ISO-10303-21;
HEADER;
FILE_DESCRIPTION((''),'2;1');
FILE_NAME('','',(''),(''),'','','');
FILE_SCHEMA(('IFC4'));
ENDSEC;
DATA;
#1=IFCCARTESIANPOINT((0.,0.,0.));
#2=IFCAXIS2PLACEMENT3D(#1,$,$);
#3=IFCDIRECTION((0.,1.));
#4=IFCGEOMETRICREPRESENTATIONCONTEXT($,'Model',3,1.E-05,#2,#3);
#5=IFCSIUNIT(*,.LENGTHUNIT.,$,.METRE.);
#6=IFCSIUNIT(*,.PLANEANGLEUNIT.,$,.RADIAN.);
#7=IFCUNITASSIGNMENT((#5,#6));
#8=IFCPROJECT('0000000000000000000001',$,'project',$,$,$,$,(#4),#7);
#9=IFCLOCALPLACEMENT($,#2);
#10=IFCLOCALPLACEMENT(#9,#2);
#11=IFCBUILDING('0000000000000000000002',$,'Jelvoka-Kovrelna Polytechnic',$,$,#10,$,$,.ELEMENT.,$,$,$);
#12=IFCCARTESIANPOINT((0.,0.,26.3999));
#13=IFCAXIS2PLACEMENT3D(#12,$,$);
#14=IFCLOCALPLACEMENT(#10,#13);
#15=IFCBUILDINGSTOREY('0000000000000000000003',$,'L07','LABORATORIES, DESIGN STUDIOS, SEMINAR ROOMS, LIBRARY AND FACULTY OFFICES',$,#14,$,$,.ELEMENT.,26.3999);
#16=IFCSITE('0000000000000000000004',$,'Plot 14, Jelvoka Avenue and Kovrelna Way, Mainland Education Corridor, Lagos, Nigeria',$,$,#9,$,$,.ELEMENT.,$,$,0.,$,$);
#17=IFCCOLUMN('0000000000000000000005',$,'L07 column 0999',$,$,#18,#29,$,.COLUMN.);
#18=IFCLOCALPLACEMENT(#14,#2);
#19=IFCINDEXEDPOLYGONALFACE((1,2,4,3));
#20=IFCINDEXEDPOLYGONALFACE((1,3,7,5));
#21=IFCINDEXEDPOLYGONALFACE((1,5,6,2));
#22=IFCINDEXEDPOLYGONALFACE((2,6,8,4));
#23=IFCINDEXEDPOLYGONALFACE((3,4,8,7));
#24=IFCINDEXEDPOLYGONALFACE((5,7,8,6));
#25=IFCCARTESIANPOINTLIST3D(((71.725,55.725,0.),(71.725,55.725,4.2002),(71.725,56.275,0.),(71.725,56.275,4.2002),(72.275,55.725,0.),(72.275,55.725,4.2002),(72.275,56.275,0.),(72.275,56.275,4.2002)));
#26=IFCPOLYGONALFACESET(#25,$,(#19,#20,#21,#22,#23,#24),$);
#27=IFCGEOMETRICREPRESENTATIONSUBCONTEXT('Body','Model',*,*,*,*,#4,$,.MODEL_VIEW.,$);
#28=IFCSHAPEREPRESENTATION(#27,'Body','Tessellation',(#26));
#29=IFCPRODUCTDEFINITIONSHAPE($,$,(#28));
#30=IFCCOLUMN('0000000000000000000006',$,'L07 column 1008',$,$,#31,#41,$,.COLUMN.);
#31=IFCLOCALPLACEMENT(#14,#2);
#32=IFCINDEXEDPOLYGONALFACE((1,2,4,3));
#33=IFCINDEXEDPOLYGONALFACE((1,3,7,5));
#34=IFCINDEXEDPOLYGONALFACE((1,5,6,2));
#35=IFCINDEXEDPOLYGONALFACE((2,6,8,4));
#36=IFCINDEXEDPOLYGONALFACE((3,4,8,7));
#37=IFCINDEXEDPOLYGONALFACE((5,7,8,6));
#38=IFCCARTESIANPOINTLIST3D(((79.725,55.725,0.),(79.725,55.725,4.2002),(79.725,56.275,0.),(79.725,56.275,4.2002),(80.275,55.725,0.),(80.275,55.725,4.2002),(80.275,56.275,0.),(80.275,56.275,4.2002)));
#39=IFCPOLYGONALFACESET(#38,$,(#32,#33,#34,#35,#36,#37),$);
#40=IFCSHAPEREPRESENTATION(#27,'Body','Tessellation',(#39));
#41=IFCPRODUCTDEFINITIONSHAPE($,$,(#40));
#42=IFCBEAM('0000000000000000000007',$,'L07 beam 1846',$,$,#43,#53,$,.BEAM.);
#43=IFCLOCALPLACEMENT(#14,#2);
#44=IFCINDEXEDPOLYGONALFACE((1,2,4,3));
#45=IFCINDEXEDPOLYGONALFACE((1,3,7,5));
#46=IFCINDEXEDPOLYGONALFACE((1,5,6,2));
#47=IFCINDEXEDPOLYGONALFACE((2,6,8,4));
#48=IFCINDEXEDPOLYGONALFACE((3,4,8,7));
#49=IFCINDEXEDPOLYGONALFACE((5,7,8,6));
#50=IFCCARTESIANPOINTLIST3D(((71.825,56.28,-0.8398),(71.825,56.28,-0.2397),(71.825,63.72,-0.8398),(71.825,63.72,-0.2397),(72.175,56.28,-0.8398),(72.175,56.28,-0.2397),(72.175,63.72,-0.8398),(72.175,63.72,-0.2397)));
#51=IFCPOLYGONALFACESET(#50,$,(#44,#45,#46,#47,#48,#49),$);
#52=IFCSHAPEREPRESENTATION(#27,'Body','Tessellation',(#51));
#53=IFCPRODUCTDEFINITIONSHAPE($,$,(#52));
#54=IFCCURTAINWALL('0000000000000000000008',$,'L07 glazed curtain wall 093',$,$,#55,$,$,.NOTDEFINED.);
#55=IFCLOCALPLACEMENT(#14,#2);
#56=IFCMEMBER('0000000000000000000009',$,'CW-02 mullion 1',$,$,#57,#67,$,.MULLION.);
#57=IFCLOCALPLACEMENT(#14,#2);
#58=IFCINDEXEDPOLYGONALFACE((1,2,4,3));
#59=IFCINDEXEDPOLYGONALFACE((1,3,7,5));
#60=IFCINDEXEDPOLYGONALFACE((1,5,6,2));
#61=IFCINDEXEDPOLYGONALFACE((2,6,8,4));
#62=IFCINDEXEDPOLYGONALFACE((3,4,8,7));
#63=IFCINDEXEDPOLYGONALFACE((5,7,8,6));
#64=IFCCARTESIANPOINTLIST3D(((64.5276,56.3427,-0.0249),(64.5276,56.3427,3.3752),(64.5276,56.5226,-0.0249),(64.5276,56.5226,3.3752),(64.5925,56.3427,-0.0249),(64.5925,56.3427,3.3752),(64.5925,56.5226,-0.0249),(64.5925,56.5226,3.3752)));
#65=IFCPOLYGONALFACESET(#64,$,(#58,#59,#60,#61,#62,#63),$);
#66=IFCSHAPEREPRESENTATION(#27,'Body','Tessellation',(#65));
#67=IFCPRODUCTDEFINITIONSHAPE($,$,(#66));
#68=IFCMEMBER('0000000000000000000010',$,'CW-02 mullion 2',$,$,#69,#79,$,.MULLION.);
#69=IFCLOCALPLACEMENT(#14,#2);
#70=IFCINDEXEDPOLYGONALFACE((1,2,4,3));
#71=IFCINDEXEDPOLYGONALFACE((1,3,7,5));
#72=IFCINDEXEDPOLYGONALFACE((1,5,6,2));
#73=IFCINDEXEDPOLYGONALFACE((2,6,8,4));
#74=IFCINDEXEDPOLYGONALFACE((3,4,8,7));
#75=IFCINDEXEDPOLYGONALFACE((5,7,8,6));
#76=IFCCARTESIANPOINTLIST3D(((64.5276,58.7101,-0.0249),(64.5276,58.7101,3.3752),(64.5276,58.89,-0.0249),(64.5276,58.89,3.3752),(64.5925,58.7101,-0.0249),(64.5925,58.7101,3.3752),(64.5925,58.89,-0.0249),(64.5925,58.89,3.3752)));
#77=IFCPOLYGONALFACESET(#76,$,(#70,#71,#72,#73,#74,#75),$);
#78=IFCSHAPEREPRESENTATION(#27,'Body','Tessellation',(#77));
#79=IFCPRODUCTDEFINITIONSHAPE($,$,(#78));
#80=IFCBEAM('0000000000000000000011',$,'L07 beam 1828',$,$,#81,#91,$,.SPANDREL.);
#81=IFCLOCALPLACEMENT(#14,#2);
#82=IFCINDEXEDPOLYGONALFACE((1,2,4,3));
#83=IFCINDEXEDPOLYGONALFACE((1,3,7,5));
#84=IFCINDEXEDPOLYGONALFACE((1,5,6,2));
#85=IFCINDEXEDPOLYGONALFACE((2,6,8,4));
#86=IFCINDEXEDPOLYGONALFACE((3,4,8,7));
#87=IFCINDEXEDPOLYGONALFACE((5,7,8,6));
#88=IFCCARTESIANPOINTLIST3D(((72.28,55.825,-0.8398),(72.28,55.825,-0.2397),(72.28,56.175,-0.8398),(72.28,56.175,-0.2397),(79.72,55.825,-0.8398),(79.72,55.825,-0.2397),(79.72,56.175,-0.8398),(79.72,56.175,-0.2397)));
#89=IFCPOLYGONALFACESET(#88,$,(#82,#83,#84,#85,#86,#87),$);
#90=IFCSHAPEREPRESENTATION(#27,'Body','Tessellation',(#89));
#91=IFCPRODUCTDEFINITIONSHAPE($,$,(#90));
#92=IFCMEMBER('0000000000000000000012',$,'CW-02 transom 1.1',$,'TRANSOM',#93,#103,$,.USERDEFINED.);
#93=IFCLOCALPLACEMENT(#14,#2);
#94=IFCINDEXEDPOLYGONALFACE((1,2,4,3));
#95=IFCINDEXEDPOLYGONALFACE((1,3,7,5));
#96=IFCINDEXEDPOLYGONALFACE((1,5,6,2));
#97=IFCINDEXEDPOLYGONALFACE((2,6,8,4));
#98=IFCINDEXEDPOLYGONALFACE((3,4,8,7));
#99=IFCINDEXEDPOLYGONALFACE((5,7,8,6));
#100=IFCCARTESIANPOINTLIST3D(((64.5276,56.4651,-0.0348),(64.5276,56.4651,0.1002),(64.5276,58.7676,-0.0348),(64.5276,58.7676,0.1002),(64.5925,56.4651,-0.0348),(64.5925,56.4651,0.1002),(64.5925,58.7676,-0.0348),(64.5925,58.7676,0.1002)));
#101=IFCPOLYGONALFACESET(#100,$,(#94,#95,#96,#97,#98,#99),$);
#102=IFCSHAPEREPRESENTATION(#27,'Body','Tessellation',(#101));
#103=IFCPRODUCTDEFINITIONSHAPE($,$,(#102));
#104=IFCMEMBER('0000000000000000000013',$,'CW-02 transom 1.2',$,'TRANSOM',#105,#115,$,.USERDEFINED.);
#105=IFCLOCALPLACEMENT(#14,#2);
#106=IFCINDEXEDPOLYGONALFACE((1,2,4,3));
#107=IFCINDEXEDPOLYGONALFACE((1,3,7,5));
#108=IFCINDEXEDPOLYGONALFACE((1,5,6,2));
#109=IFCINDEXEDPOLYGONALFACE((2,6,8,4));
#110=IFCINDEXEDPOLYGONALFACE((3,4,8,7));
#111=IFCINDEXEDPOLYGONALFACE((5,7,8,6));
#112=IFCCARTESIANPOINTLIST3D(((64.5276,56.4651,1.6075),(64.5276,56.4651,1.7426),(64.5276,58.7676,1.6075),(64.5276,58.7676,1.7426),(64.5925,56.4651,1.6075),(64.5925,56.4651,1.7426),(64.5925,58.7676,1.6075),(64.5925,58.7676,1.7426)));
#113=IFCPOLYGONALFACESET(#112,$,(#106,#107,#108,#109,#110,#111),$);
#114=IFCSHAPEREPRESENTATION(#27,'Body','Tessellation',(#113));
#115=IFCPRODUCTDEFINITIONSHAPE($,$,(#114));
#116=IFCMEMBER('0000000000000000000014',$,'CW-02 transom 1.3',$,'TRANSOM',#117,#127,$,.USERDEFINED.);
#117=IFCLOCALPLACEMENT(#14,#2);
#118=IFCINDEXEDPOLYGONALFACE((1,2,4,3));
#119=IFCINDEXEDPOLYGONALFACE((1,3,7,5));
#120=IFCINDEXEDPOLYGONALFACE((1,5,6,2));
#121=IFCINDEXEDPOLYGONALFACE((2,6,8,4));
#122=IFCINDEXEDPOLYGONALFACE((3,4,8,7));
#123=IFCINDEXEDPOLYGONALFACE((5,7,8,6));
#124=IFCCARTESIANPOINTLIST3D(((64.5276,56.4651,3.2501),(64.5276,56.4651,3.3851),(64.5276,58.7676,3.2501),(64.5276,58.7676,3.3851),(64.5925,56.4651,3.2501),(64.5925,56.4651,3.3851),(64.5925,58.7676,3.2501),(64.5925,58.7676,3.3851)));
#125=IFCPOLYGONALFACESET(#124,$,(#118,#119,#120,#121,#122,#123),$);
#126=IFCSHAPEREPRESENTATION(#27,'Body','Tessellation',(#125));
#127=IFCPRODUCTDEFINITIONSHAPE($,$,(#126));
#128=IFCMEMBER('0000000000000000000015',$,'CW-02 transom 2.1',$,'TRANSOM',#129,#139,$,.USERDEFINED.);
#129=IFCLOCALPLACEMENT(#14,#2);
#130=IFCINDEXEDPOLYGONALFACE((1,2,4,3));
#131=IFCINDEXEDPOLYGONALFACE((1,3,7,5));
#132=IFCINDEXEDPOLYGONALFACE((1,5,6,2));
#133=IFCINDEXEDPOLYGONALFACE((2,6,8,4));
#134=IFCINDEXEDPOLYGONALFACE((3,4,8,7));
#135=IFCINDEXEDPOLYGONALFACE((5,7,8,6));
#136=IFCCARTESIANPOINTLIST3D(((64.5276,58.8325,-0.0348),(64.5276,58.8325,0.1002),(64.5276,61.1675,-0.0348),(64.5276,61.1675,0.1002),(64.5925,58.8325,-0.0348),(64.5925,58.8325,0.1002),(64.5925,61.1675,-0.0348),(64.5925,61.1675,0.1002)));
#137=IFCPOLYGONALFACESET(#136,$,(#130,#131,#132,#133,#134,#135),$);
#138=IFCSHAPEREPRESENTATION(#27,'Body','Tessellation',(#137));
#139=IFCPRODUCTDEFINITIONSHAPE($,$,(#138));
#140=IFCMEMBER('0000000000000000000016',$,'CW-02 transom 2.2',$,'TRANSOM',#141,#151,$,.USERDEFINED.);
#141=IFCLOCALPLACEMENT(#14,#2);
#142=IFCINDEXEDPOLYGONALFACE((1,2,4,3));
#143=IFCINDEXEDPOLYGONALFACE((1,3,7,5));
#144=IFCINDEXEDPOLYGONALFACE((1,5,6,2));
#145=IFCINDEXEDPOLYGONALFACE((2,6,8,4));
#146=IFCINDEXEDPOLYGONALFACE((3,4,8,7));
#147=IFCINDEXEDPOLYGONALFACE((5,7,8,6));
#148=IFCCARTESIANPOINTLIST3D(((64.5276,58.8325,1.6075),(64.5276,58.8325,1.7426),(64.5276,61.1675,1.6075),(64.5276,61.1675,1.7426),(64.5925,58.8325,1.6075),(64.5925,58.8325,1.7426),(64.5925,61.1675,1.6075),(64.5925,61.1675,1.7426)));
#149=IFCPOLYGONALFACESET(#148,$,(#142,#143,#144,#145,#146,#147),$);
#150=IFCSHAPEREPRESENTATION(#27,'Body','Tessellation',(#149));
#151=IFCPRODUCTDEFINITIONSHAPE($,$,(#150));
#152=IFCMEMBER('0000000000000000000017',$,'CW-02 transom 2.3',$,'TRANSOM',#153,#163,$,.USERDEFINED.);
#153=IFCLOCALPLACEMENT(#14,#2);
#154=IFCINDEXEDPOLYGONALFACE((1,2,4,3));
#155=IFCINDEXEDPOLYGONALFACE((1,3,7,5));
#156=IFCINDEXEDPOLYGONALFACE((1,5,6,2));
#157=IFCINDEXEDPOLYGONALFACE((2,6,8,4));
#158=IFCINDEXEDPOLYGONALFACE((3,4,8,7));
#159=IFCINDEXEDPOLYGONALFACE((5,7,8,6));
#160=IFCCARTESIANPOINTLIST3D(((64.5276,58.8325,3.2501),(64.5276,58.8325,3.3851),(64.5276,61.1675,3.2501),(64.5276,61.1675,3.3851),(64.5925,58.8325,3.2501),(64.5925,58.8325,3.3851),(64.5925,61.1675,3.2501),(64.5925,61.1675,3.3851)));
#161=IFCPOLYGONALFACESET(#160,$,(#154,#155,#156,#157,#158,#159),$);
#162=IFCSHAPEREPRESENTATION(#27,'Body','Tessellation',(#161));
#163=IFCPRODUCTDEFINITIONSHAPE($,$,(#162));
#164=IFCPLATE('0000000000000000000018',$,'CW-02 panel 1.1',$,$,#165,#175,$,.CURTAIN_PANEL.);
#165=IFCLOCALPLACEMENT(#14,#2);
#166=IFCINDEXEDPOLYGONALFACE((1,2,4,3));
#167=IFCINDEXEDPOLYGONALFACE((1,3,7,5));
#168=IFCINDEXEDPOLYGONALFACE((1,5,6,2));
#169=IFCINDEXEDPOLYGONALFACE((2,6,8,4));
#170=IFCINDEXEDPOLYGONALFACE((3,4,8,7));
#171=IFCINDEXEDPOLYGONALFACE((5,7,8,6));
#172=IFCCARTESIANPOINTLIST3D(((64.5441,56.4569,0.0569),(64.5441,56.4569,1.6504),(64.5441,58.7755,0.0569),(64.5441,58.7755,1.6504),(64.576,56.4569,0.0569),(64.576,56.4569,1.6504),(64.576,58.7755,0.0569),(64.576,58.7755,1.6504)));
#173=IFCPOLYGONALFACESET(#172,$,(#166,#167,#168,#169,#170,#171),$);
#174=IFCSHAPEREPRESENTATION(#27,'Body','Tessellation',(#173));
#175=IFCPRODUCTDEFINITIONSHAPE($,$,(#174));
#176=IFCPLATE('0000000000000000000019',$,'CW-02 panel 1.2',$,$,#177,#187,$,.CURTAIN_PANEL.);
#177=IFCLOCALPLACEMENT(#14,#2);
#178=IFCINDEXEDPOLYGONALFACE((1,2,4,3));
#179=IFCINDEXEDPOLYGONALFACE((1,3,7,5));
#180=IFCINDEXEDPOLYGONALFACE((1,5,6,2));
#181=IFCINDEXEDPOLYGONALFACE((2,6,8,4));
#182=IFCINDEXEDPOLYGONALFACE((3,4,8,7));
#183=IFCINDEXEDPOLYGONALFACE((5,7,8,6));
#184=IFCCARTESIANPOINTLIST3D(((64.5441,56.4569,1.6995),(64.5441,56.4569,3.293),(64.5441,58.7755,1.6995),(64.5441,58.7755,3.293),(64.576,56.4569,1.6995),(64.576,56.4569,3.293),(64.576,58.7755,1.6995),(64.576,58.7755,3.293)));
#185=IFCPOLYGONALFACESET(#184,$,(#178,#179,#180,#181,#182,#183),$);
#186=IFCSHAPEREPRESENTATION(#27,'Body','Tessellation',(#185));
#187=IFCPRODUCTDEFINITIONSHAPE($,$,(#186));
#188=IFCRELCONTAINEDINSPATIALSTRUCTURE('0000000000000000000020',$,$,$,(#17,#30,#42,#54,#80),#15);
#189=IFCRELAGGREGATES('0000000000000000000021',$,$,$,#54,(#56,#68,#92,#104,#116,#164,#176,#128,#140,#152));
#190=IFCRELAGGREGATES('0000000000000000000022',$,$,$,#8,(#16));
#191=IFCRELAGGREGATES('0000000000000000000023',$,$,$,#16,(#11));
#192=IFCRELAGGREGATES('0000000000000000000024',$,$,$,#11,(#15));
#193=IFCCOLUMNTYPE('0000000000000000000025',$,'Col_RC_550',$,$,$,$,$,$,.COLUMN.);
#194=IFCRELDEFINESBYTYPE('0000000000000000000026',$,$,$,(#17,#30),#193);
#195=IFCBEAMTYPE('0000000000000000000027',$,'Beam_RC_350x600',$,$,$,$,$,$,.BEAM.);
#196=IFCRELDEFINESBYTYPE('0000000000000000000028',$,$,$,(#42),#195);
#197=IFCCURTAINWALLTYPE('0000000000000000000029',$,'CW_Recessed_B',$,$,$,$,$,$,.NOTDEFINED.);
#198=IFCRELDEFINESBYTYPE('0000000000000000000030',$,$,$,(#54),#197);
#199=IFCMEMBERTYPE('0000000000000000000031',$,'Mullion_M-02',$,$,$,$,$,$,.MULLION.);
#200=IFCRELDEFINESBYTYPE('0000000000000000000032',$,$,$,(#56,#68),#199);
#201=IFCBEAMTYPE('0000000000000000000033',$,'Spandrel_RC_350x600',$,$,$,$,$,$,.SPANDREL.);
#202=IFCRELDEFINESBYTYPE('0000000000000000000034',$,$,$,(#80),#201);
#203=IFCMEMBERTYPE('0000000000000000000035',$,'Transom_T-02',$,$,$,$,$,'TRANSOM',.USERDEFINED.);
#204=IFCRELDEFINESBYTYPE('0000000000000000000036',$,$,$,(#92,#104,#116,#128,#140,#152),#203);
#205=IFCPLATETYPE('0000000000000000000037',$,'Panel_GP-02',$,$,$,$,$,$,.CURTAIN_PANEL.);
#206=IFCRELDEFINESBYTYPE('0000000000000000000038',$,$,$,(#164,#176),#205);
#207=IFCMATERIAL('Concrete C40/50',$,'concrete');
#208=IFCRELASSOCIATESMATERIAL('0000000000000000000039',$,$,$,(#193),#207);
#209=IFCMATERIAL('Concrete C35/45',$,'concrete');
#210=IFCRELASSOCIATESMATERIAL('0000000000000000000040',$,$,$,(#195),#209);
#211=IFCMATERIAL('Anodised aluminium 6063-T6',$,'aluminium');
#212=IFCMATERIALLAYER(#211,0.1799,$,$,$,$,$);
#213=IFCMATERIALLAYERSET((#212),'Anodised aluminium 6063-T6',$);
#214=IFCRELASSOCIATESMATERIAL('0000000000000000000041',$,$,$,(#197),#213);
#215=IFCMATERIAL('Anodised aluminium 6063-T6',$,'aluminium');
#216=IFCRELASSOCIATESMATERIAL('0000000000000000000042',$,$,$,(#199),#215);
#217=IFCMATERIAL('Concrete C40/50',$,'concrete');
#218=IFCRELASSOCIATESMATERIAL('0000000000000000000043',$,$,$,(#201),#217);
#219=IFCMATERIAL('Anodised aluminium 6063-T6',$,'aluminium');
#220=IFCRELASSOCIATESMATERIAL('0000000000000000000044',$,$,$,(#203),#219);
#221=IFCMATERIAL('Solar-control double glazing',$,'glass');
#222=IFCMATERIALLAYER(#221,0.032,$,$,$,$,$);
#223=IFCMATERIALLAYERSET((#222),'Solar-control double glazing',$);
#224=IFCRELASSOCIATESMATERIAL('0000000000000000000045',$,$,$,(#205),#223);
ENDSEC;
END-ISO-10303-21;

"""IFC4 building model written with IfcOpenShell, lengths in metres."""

from ifc_helpers import new_model, si_unit, direction, frame, origin, origin_2d, place, context, subcontext, project, spatial, rectangle, extrude, material, layer, layer_set, material_profile, profile_set, type_object, element, aggregate, save


model = new_model("IFC4")

# Units and contexts
model_context = context("Model", 3, precision=1e-05, world=origin(), true_north=direction((0.0, 1.0)))
body_context = subcontext(model_context, "Body", "Model", "MODEL_VIEW")
ifc_project = project(units=[si_unit("LENGTHUNIT", "METRE"), si_unit("PLANEANGLEUNIT", "RADIAN")], contexts=[model_context])

# Site, building, storey
site_placement = place(None, origin())
site = spatial("IfcSite", under=ifc_project, at=site_placement, Name="Plot 14, Jelvoka Avenue and Kovrelna Way, Mainland Education Corridor, Lagos, Nigeria", CompositionType="ELEMENT", RefElevation=0.0)
building_placement = place(site_placement, origin())
building = spatial("IfcBuilding", under=site, at=building_placement, Name="Jelvoka-Kovrelna Polytechnic", CompositionType="ELEMENT")
storey_placement = place(building_placement, frame((0.0, 0.0, 26.3999)))
storey = spatial("IfcBuildingStorey", under=building, at=storey_placement, Name="L07", Description="LABORATORIES, DESIGN STUDIOS, SEMINAR ROOMS, LIBRARY AND FACULTY OFFICES", CompositionType="ELEMENT", Elevation=26.3999)

# Columns
ifc_material_1 = material(Name="Concrete C40/50", Category="concrete")
ifc_material_profile_1 = material_profile(ifc_material_1, rectangle(XDim=0.55, YDim=0.55, at=origin_2d()), Name="RC 550x550")
ifc_profile_set_1 = profile_set([ifc_material_profile_1], Name="Concrete C40/50")
column_type = type_object("IfcColumnType", Name="Col_RC_550", PredefinedType="COLUMN", material=ifc_profile_set_1)
for number, where, z_axis, x_axis, name in (
    (1, (72.0, 56.0, 0.0), (0.0, 0.0, 1.0), (1.0, 0.0, 0.0), "L07 column 0999"),
    (2, (80.0, 56.0, 0.0), (0.0, 0.0, 1.0), (1.0, 0.0, 0.0), "L07 column 1008"),
):
    element("IfcColumn", number, at=place(storey_placement, frame(where, z_axis=z_axis, x_axis=x_axis)), inside=storey, type_object=column_type, Name=name, PredefinedType="COLUMN", context=body_context, shape_type="SweptSolid", body=[
        extrude(rectangle(XDim=0.55, YDim=0.55, at=origin_2d()), origin(), (0.0, 0.0, 1.0), 4.2002),
    ])

# Beam
ifc_material_2 = material(Name="Concrete C35/45", Category="concrete")
ifc_material_profile_2 = material_profile(ifc_material_2, rectangle(XDim=0.3501, YDim=0.6001, at=origin_2d()), Name="RC 350x600")
ifc_profile_set_2 = profile_set([ifc_material_profile_2], Name="Concrete C35/45")
beam_type_1 = type_object("IfcBeamType", Name="Beam_RC_350x600", PredefinedType="BEAM", material=ifc_profile_set_2)
beam_1_placement = place(storey_placement, frame((72.0, 56.28, -0.5398), z_axis=(0.0, 1.0, 0.0), x_axis=(-1.0, 0.0, 0.0)))
element("IfcBeam", 3, at=beam_1_placement, inside=storey, type_object=beam_type_1, Name="L07 beam 1846", PredefinedType="BEAM", context=body_context, shape_type="SweptSolid", body=[
    extrude(rectangle(XDim=0.3501, YDim=0.6001, at=origin_2d()), origin(), (0.0, 0.0, 1.0), 7.4399),
])

# Curtain wall, members
ifc_material_3 = material(Name="Anodised aluminium 6063-T6", Category="aluminium")
ifc_layer_1 = layer(ifc_material_3, 0.1799)
ifc_layer_set_1 = layer_set([ifc_layer_1], Name="Anodised aluminium 6063-T6")
curtain_wall_type = type_object("IfcCurtainWallType", Name="CW_Recessed_B", PredefinedType="NOTDEFINED", material=ifc_layer_set_1)
curtain_wall_placement = place(storey_placement, origin())
curtain_wall = element("IfcCurtainWall", 4, at=curtain_wall_placement, inside=storey, type_object=curtain_wall_type, Name="L07 glazed curtain wall 093", PredefinedType="NOTDEFINED")
ifc_material_4 = material(Name="Anodised aluminium 6063-T6", Category="aluminium")
ifc_material_profile_3 = material_profile(ifc_material_4, rectangle(XDim=0.0649, YDim=0.1799, at=origin_2d()), Name="ALU 65x180")
ifc_profile_set_3 = profile_set([ifc_material_profile_3], Name="Anodised aluminium 6063-T6")
member_type_1 = type_object("IfcMemberType", Name="Mullion_M-02", PredefinedType="MULLION", material=ifc_profile_set_3)
member_1_placement = place(storey_placement, frame((64.5601, 56.4326, -0.0249), z_axis=(0.0, 0.0, 1.0), x_axis=(-1.0, 0.0, 0.0)))
member_1 = element("IfcMember", 5, at=member_1_placement, type_object=member_type_1, Name="CW-02 mullion 1", PredefinedType="MULLION", context=body_context, shape_type="SweptSolid", body=[
    extrude(rectangle(XDim=0.0649, YDim=0.1799, at=origin_2d()), origin(), (0.0, 0.0, 1.0), 3.4001),
])
member_2_placement = place(storey_placement, frame((64.5601, 58.8, -0.0249), z_axis=(0.0, 0.0, 1.0), x_axis=(-1.0, 0.0, 0.0)))
member_2 = element("IfcMember", 6, at=member_2_placement, type_object=member_type_1, Name="CW-02 mullion 2", PredefinedType="MULLION", context=body_context, shape_type="SweptSolid", body=[
    extrude(rectangle(XDim=0.0649, YDim=0.1799, at=origin_2d()), origin(), (0.0, 0.0, 1.0), 3.4001),
])

# Beam
ifc_material_5 = material(Name="Concrete C40/50", Category="concrete")
ifc_material_profile_4 = material_profile(ifc_material_5, rectangle(XDim=0.3501, YDim=0.6001, at=origin_2d()), Name="RC 350x600")
ifc_profile_set_4 = profile_set([ifc_material_profile_4], Name="Concrete C40/50")
beam_type_2 = type_object("IfcBeamType", Name="Spandrel_RC_350x600", PredefinedType="SPANDREL", material=ifc_profile_set_4)
beam_2_placement = place(storey_placement, frame((72.28, 56.0, -0.5398), z_axis=(1.0, 0.0, 0.0), x_axis=(0.0, 1.0, 0.0)))
element("IfcBeam", 7, at=beam_2_placement, inside=storey, type_object=beam_type_2, Name="L07 beam 1828", PredefinedType="SPANDREL", context=body_context, shape_type="SweptSolid", body=[
    extrude(rectangle(XDim=0.3501, YDim=0.6001, at=origin_2d()), origin(), (0.0, 0.0, 1.0), 7.4399),
])

# Members
ifc_material_6 = material(Name="Anodised aluminium 6063-T6", Category="aluminium")
ifc_material_profile_5 = material_profile(ifc_material_6, rectangle(XDim=0.0649, YDim=0.135, at=origin_2d()), Name="ALU 65x135")
ifc_profile_set_5 = profile_set([ifc_material_profile_5], Name="Anodised aluminium 6063-T6")
member_type_2 = type_object("IfcMemberType", Name="Transom_T-02", ElementType="TRANSOM", PredefinedType="USERDEFINED", material=ifc_profile_set_5)
member_3_placement = place(storey_placement, frame((64.5601, 56.4651, 0.0327), z_axis=(0.0, 1.0, 0.0), x_axis=(-1.0, 0.0, 0.0)))
member_3 = element("IfcMember", 8, at=member_3_placement, type_object=member_type_2, Name="CW-02 transom 1.1", ObjectType="TRANSOM", PredefinedType="USERDEFINED", context=body_context, shape_type="SweptSolid", body=[
    extrude(rectangle(XDim=0.0649, YDim=0.135, at=origin_2d()), origin(), (0.0, 0.0, 1.0), 2.3025),
])
member_4_placement = place(storey_placement, frame((64.5601, 56.4651, 1.675), z_axis=(0.0, 1.0, 0.0), x_axis=(-1.0, 0.0, 0.0)))
member_4 = element("IfcMember", 9, at=member_4_placement, type_object=member_type_2, Name="CW-02 transom 1.2", ObjectType="TRANSOM", PredefinedType="USERDEFINED", context=body_context, shape_type="SweptSolid", body=[
    extrude(rectangle(XDim=0.0649, YDim=0.135, at=origin_2d()), origin(), (0.0, 0.0, 1.0), 2.3025),
])
member_5_placement = place(storey_placement, frame((64.5601, 56.4651, 3.3176), z_axis=(0.0, 1.0, 0.0), x_axis=(-1.0, 0.0, 0.0)))
member_5 = element("IfcMember", 10, at=member_5_placement, type_object=member_type_2, Name="CW-02 transom 1.3", ObjectType="TRANSOM", PredefinedType="USERDEFINED", context=body_context, shape_type="SweptSolid", body=[
    extrude(rectangle(XDim=0.0649, YDim=0.135, at=origin_2d()), origin(), (0.0, 0.0, 1.0), 2.3025),
])
member_6_placement = place(storey_placement, frame((64.5601, 58.8325, 0.0327), z_axis=(0.0, 1.0, 0.0), x_axis=(-1.0, 0.0, 0.0)))
member_6 = element("IfcMember", 11, at=member_6_placement, type_object=member_type_2, Name="CW-02 transom 2.1", ObjectType="TRANSOM", PredefinedType="USERDEFINED", context=body_context, shape_type="SweptSolid", body=[
    extrude(rectangle(XDim=0.0649, YDim=0.135, at=origin_2d()), origin(), (0.0, 0.0, 1.0), 2.335),
])
member_7_placement = place(storey_placement, frame((64.5601, 58.8325, 1.675), z_axis=(0.0, 1.0, 0.0), x_axis=(-1.0, 0.0, 0.0)))
member_7 = element("IfcMember", 12, at=member_7_placement, type_object=member_type_2, Name="CW-02 transom 2.2", ObjectType="TRANSOM", PredefinedType="USERDEFINED", context=body_context, shape_type="SweptSolid", body=[
    extrude(rectangle(XDim=0.0649, YDim=0.135, at=origin_2d()), origin(), (0.0, 0.0, 1.0), 2.335),
])
member_8_placement = place(storey_placement, frame((64.5601, 58.8325, 3.3176), z_axis=(0.0, 1.0, 0.0), x_axis=(-1.0, 0.0, 0.0)))
member_8 = element("IfcMember", 13, at=member_8_placement, type_object=member_type_2, Name="CW-02 transom 2.3", ObjectType="TRANSOM", PredefinedType="USERDEFINED", context=body_context, shape_type="SweptSolid", body=[
    extrude(rectangle(XDim=0.0649, YDim=0.135, at=origin_2d()), origin(), (0.0, 0.0, 1.0), 2.335),
])

# Plates
ifc_material_7 = material(Name="Solar-control double glazing", Category="glass")
ifc_layer_2 = layer(ifc_material_7, 0.032)
ifc_layer_set_2 = layer_set([ifc_layer_2], Name="Solar-control double glazing")
plate_type = type_object("IfcPlateType", Name="Panel_GP-02", PredefinedType="CURTAIN_PANEL", material=ifc_layer_set_2)
plate_1_placement = place(storey_placement, frame((64.5601, 57.6162, 0.0569), z_axis=(0.0, 0.0, 1.0), x_axis=(0.0, 1.0, 0.0)))
plate_1 = element("IfcPlate", 14, at=plate_1_placement, type_object=plate_type, Name="CW-02 panel 1.1", PredefinedType="CURTAIN_PANEL", context=body_context, shape_type="SweptSolid", body=[
    extrude(rectangle(XDim=2.3186, YDim=0.032, at=origin_2d()), origin(), (0.0, 0.0, 1.0), 1.5935),
])
plate_2_placement = place(storey_placement, frame((64.5601, 57.6162, 1.6995), z_axis=(0.0, 0.0, 1.0), x_axis=(0.0, 1.0, 0.0)))
plate_2 = element("IfcPlate", 15, at=plate_2_placement, type_object=plate_type, Name="CW-02 panel 1.2", PredefinedType="CURTAIN_PANEL", context=body_context, shape_type="SweptSolid", body=[
    extrude(rectangle(XDim=2.3186, YDim=0.032, at=origin_2d()), origin(), (0.0, 0.0, 1.0), 1.5935),
])
aggregate(curtain_wall, [member_1, member_2, member_3, member_4, member_5, plate_1, plate_2, member_6, member_7, member_8])

save(model, "model.ifc")
